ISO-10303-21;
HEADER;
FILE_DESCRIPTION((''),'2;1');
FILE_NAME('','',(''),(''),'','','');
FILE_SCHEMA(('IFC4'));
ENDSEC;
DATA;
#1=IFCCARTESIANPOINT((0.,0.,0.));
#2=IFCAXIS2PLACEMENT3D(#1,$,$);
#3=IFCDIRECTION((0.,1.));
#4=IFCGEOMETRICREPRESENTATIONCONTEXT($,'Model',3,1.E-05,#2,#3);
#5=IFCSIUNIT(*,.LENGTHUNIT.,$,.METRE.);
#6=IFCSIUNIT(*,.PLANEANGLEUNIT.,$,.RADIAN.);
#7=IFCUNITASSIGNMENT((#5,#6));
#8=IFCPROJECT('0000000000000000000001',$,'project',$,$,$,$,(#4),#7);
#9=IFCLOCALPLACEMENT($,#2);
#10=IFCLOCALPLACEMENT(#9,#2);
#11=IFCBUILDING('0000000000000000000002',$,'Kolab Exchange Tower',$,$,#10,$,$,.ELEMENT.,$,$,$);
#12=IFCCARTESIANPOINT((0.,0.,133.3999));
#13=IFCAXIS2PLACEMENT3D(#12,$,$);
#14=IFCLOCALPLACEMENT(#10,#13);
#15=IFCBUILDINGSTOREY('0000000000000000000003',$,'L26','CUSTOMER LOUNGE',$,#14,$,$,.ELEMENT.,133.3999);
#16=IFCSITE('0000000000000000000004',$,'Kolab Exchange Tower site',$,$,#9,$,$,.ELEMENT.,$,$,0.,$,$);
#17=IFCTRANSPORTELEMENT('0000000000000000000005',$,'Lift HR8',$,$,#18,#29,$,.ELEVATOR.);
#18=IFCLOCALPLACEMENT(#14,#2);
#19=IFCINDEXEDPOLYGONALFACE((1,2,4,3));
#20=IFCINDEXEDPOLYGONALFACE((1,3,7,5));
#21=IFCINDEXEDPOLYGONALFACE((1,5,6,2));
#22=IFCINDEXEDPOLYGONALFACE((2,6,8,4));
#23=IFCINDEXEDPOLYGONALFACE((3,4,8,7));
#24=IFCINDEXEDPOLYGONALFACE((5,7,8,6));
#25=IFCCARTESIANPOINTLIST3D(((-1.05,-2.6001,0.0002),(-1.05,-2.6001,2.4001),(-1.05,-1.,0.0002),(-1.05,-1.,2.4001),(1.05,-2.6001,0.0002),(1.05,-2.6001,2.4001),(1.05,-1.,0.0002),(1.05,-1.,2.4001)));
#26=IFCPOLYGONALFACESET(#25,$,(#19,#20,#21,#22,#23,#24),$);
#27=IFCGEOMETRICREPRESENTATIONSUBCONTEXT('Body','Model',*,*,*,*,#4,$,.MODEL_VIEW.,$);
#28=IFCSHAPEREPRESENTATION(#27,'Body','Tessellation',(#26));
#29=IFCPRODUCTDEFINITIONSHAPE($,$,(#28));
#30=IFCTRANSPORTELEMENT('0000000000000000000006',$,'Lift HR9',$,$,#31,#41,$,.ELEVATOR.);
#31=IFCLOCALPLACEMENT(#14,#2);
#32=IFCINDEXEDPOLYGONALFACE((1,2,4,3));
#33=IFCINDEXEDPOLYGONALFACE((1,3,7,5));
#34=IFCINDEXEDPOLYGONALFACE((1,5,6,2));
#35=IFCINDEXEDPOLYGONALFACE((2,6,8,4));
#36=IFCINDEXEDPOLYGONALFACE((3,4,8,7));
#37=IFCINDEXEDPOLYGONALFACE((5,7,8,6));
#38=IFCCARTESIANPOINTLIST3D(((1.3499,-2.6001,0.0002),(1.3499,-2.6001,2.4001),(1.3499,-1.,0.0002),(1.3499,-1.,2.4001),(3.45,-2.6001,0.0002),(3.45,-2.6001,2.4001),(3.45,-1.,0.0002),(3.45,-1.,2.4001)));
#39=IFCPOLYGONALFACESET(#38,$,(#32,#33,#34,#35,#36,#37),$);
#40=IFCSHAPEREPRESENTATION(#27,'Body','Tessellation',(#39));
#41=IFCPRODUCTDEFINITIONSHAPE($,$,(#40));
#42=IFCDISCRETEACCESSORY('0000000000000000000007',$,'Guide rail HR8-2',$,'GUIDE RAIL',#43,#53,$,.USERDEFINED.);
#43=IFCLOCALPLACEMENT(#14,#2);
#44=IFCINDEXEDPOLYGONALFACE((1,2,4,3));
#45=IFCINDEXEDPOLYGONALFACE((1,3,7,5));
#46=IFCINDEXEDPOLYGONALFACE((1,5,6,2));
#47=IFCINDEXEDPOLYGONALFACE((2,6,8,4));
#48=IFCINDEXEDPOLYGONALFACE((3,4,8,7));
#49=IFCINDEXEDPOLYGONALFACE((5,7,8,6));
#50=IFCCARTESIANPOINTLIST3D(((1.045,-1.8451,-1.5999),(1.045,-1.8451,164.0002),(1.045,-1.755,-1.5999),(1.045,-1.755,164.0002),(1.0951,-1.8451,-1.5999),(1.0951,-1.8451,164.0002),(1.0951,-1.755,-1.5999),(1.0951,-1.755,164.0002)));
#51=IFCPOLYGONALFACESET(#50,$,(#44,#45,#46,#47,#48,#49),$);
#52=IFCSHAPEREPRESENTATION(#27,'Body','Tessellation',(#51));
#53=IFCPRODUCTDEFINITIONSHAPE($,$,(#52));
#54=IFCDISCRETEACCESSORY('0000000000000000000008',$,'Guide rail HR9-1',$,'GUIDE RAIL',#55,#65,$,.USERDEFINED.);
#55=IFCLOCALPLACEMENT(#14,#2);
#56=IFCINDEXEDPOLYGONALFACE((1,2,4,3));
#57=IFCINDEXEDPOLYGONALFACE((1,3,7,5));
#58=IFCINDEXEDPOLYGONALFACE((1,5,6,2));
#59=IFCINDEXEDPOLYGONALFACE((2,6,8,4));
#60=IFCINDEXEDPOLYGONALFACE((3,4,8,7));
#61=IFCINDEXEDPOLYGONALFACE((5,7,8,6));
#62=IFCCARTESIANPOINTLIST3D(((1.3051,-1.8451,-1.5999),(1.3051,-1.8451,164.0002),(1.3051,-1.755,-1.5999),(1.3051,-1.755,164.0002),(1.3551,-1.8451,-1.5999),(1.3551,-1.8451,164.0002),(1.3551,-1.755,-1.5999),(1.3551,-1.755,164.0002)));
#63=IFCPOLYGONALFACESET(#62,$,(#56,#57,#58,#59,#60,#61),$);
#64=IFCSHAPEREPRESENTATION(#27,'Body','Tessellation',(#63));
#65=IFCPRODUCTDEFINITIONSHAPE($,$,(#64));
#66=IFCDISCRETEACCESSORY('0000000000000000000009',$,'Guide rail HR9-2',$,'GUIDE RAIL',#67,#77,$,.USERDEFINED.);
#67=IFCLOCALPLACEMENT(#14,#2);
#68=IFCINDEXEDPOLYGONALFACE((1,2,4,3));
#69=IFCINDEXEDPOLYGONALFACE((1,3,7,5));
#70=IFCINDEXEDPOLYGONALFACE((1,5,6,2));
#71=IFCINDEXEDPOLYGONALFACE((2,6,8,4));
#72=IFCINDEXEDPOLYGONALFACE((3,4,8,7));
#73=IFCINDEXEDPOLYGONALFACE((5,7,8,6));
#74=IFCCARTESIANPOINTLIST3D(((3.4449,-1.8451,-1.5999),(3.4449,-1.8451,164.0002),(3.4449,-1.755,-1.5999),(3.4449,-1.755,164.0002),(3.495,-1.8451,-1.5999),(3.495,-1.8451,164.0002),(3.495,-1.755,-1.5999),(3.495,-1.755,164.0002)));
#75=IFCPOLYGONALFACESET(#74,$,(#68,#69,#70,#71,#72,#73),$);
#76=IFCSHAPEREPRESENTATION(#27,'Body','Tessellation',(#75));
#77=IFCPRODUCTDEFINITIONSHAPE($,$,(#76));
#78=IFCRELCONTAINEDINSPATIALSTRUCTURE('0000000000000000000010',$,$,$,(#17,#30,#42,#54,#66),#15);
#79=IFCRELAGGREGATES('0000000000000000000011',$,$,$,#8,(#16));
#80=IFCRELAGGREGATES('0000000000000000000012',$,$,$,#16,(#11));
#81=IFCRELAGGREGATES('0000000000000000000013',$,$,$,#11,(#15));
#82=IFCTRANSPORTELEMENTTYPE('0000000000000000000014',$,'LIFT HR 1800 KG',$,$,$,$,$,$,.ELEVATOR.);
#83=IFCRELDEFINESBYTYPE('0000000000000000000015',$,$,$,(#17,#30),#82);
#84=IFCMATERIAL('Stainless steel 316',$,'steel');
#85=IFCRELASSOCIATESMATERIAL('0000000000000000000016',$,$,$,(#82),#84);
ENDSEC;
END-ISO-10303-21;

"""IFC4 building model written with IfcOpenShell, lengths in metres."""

from ifc_helpers import new_model, si_unit, direction, frame, origin, origin_2d, place, context, subcontext, project, spatial, rectangle, extrude, material, type_object, element, save


model = new_model("IFC4")

# Units and contexts
model_context = context("Model", 3, precision=1e-05, world=origin(), true_north=direction((0.0, 1.0)))
body_context = subcontext(model_context, "Body", "Model", "MODEL_VIEW")
ifc_project = project(units=[si_unit("LENGTHUNIT", "METRE"), si_unit("PLANEANGLEUNIT", "RADIAN")], contexts=[model_context])

# Site, building, storey
site_placement = place(None, origin())
site = spatial("IfcSite", under=ifc_project, at=site_placement, Name="Kolab Exchange Tower site", CompositionType="ELEMENT", RefElevation=0.0)
building_placement = place(site_placement, origin())
building = spatial("IfcBuilding", under=site, at=building_placement, Name="Kolab Exchange Tower", CompositionType="ELEMENT")
storey_placement = place(building_placement, frame((0.0, 0.0, 133.3999)))
storey = spatial("IfcBuildingStorey", under=building, at=storey_placement, Name="L26", Description="CUSTOMER LOUNGE", CompositionType="ELEMENT", Elevation=133.3999)

# Shared definitions
ifc_material_1 = material(Name="Stainless steel 316", Category="steel")

# Transport elements
transport_element_type = type_object("IfcTransportElementType", Name="LIFT HR 1800 KG", PredefinedType="ELEVATOR", material=ifc_material_1)
for number, where, z_axis, x_axis, name in (
    (1, (0.0, -1.8, 0.0002), (0.0, 0.0, 1.0), (1.0, 0.0, 0.0), "Lift HR8"),
    (2, (2.3999, -1.8, 0.0002), (0.0, 0.0, 1.0), (1.0, 0.0, 0.0), "Lift HR9"),
):
    element("IfcTransportElement", number, at=place(storey_placement, frame(where, z_axis=z_axis, x_axis=x_axis)), inside=storey, type_object=transport_element_type, Name=name, PredefinedType="ELEVATOR", context=body_context, shape_type="SweptSolid", body=[
        extrude(rectangle(XDim=2.1001, YDim=1.6001, at=origin_2d()), origin(), (0.0, 0.0, 1.0), 2.3999),
    ])

# Discrete accessories
for number, where, z_axis, x_axis, name in (
    (3, (1.0701, -1.8, -1.5999), (0.0, 0.0, 1.0), (1.0, 0.0, 0.0), "Guide rail HR8-2"),
    (4, (1.3301, -1.8, -1.5999), (0.0, 0.0, 1.0), (1.0, 0.0, 0.0), "Guide rail HR9-1"),
    (5, (3.47, -1.8, -1.5999), (0.0, 0.0, 1.0), (1.0, 0.0, 0.0), "Guide rail HR9-2"),
):
    element("IfcDiscreteAccessory", number, at=place(storey_placement, frame(where, z_axis=z_axis, x_axis=x_axis)), inside=storey, Name=name, ObjectType="GUIDE RAIL", PredefinedType="USERDEFINED", context=body_context, shape_type="SweptSolid", body=[
        extrude(rectangle(XDim=0.05, YDim=0.0901, at=origin_2d()), origin(), (0.0, 0.0, 1.0), 165.6001),
    ])

save(model, "model.ifc")
